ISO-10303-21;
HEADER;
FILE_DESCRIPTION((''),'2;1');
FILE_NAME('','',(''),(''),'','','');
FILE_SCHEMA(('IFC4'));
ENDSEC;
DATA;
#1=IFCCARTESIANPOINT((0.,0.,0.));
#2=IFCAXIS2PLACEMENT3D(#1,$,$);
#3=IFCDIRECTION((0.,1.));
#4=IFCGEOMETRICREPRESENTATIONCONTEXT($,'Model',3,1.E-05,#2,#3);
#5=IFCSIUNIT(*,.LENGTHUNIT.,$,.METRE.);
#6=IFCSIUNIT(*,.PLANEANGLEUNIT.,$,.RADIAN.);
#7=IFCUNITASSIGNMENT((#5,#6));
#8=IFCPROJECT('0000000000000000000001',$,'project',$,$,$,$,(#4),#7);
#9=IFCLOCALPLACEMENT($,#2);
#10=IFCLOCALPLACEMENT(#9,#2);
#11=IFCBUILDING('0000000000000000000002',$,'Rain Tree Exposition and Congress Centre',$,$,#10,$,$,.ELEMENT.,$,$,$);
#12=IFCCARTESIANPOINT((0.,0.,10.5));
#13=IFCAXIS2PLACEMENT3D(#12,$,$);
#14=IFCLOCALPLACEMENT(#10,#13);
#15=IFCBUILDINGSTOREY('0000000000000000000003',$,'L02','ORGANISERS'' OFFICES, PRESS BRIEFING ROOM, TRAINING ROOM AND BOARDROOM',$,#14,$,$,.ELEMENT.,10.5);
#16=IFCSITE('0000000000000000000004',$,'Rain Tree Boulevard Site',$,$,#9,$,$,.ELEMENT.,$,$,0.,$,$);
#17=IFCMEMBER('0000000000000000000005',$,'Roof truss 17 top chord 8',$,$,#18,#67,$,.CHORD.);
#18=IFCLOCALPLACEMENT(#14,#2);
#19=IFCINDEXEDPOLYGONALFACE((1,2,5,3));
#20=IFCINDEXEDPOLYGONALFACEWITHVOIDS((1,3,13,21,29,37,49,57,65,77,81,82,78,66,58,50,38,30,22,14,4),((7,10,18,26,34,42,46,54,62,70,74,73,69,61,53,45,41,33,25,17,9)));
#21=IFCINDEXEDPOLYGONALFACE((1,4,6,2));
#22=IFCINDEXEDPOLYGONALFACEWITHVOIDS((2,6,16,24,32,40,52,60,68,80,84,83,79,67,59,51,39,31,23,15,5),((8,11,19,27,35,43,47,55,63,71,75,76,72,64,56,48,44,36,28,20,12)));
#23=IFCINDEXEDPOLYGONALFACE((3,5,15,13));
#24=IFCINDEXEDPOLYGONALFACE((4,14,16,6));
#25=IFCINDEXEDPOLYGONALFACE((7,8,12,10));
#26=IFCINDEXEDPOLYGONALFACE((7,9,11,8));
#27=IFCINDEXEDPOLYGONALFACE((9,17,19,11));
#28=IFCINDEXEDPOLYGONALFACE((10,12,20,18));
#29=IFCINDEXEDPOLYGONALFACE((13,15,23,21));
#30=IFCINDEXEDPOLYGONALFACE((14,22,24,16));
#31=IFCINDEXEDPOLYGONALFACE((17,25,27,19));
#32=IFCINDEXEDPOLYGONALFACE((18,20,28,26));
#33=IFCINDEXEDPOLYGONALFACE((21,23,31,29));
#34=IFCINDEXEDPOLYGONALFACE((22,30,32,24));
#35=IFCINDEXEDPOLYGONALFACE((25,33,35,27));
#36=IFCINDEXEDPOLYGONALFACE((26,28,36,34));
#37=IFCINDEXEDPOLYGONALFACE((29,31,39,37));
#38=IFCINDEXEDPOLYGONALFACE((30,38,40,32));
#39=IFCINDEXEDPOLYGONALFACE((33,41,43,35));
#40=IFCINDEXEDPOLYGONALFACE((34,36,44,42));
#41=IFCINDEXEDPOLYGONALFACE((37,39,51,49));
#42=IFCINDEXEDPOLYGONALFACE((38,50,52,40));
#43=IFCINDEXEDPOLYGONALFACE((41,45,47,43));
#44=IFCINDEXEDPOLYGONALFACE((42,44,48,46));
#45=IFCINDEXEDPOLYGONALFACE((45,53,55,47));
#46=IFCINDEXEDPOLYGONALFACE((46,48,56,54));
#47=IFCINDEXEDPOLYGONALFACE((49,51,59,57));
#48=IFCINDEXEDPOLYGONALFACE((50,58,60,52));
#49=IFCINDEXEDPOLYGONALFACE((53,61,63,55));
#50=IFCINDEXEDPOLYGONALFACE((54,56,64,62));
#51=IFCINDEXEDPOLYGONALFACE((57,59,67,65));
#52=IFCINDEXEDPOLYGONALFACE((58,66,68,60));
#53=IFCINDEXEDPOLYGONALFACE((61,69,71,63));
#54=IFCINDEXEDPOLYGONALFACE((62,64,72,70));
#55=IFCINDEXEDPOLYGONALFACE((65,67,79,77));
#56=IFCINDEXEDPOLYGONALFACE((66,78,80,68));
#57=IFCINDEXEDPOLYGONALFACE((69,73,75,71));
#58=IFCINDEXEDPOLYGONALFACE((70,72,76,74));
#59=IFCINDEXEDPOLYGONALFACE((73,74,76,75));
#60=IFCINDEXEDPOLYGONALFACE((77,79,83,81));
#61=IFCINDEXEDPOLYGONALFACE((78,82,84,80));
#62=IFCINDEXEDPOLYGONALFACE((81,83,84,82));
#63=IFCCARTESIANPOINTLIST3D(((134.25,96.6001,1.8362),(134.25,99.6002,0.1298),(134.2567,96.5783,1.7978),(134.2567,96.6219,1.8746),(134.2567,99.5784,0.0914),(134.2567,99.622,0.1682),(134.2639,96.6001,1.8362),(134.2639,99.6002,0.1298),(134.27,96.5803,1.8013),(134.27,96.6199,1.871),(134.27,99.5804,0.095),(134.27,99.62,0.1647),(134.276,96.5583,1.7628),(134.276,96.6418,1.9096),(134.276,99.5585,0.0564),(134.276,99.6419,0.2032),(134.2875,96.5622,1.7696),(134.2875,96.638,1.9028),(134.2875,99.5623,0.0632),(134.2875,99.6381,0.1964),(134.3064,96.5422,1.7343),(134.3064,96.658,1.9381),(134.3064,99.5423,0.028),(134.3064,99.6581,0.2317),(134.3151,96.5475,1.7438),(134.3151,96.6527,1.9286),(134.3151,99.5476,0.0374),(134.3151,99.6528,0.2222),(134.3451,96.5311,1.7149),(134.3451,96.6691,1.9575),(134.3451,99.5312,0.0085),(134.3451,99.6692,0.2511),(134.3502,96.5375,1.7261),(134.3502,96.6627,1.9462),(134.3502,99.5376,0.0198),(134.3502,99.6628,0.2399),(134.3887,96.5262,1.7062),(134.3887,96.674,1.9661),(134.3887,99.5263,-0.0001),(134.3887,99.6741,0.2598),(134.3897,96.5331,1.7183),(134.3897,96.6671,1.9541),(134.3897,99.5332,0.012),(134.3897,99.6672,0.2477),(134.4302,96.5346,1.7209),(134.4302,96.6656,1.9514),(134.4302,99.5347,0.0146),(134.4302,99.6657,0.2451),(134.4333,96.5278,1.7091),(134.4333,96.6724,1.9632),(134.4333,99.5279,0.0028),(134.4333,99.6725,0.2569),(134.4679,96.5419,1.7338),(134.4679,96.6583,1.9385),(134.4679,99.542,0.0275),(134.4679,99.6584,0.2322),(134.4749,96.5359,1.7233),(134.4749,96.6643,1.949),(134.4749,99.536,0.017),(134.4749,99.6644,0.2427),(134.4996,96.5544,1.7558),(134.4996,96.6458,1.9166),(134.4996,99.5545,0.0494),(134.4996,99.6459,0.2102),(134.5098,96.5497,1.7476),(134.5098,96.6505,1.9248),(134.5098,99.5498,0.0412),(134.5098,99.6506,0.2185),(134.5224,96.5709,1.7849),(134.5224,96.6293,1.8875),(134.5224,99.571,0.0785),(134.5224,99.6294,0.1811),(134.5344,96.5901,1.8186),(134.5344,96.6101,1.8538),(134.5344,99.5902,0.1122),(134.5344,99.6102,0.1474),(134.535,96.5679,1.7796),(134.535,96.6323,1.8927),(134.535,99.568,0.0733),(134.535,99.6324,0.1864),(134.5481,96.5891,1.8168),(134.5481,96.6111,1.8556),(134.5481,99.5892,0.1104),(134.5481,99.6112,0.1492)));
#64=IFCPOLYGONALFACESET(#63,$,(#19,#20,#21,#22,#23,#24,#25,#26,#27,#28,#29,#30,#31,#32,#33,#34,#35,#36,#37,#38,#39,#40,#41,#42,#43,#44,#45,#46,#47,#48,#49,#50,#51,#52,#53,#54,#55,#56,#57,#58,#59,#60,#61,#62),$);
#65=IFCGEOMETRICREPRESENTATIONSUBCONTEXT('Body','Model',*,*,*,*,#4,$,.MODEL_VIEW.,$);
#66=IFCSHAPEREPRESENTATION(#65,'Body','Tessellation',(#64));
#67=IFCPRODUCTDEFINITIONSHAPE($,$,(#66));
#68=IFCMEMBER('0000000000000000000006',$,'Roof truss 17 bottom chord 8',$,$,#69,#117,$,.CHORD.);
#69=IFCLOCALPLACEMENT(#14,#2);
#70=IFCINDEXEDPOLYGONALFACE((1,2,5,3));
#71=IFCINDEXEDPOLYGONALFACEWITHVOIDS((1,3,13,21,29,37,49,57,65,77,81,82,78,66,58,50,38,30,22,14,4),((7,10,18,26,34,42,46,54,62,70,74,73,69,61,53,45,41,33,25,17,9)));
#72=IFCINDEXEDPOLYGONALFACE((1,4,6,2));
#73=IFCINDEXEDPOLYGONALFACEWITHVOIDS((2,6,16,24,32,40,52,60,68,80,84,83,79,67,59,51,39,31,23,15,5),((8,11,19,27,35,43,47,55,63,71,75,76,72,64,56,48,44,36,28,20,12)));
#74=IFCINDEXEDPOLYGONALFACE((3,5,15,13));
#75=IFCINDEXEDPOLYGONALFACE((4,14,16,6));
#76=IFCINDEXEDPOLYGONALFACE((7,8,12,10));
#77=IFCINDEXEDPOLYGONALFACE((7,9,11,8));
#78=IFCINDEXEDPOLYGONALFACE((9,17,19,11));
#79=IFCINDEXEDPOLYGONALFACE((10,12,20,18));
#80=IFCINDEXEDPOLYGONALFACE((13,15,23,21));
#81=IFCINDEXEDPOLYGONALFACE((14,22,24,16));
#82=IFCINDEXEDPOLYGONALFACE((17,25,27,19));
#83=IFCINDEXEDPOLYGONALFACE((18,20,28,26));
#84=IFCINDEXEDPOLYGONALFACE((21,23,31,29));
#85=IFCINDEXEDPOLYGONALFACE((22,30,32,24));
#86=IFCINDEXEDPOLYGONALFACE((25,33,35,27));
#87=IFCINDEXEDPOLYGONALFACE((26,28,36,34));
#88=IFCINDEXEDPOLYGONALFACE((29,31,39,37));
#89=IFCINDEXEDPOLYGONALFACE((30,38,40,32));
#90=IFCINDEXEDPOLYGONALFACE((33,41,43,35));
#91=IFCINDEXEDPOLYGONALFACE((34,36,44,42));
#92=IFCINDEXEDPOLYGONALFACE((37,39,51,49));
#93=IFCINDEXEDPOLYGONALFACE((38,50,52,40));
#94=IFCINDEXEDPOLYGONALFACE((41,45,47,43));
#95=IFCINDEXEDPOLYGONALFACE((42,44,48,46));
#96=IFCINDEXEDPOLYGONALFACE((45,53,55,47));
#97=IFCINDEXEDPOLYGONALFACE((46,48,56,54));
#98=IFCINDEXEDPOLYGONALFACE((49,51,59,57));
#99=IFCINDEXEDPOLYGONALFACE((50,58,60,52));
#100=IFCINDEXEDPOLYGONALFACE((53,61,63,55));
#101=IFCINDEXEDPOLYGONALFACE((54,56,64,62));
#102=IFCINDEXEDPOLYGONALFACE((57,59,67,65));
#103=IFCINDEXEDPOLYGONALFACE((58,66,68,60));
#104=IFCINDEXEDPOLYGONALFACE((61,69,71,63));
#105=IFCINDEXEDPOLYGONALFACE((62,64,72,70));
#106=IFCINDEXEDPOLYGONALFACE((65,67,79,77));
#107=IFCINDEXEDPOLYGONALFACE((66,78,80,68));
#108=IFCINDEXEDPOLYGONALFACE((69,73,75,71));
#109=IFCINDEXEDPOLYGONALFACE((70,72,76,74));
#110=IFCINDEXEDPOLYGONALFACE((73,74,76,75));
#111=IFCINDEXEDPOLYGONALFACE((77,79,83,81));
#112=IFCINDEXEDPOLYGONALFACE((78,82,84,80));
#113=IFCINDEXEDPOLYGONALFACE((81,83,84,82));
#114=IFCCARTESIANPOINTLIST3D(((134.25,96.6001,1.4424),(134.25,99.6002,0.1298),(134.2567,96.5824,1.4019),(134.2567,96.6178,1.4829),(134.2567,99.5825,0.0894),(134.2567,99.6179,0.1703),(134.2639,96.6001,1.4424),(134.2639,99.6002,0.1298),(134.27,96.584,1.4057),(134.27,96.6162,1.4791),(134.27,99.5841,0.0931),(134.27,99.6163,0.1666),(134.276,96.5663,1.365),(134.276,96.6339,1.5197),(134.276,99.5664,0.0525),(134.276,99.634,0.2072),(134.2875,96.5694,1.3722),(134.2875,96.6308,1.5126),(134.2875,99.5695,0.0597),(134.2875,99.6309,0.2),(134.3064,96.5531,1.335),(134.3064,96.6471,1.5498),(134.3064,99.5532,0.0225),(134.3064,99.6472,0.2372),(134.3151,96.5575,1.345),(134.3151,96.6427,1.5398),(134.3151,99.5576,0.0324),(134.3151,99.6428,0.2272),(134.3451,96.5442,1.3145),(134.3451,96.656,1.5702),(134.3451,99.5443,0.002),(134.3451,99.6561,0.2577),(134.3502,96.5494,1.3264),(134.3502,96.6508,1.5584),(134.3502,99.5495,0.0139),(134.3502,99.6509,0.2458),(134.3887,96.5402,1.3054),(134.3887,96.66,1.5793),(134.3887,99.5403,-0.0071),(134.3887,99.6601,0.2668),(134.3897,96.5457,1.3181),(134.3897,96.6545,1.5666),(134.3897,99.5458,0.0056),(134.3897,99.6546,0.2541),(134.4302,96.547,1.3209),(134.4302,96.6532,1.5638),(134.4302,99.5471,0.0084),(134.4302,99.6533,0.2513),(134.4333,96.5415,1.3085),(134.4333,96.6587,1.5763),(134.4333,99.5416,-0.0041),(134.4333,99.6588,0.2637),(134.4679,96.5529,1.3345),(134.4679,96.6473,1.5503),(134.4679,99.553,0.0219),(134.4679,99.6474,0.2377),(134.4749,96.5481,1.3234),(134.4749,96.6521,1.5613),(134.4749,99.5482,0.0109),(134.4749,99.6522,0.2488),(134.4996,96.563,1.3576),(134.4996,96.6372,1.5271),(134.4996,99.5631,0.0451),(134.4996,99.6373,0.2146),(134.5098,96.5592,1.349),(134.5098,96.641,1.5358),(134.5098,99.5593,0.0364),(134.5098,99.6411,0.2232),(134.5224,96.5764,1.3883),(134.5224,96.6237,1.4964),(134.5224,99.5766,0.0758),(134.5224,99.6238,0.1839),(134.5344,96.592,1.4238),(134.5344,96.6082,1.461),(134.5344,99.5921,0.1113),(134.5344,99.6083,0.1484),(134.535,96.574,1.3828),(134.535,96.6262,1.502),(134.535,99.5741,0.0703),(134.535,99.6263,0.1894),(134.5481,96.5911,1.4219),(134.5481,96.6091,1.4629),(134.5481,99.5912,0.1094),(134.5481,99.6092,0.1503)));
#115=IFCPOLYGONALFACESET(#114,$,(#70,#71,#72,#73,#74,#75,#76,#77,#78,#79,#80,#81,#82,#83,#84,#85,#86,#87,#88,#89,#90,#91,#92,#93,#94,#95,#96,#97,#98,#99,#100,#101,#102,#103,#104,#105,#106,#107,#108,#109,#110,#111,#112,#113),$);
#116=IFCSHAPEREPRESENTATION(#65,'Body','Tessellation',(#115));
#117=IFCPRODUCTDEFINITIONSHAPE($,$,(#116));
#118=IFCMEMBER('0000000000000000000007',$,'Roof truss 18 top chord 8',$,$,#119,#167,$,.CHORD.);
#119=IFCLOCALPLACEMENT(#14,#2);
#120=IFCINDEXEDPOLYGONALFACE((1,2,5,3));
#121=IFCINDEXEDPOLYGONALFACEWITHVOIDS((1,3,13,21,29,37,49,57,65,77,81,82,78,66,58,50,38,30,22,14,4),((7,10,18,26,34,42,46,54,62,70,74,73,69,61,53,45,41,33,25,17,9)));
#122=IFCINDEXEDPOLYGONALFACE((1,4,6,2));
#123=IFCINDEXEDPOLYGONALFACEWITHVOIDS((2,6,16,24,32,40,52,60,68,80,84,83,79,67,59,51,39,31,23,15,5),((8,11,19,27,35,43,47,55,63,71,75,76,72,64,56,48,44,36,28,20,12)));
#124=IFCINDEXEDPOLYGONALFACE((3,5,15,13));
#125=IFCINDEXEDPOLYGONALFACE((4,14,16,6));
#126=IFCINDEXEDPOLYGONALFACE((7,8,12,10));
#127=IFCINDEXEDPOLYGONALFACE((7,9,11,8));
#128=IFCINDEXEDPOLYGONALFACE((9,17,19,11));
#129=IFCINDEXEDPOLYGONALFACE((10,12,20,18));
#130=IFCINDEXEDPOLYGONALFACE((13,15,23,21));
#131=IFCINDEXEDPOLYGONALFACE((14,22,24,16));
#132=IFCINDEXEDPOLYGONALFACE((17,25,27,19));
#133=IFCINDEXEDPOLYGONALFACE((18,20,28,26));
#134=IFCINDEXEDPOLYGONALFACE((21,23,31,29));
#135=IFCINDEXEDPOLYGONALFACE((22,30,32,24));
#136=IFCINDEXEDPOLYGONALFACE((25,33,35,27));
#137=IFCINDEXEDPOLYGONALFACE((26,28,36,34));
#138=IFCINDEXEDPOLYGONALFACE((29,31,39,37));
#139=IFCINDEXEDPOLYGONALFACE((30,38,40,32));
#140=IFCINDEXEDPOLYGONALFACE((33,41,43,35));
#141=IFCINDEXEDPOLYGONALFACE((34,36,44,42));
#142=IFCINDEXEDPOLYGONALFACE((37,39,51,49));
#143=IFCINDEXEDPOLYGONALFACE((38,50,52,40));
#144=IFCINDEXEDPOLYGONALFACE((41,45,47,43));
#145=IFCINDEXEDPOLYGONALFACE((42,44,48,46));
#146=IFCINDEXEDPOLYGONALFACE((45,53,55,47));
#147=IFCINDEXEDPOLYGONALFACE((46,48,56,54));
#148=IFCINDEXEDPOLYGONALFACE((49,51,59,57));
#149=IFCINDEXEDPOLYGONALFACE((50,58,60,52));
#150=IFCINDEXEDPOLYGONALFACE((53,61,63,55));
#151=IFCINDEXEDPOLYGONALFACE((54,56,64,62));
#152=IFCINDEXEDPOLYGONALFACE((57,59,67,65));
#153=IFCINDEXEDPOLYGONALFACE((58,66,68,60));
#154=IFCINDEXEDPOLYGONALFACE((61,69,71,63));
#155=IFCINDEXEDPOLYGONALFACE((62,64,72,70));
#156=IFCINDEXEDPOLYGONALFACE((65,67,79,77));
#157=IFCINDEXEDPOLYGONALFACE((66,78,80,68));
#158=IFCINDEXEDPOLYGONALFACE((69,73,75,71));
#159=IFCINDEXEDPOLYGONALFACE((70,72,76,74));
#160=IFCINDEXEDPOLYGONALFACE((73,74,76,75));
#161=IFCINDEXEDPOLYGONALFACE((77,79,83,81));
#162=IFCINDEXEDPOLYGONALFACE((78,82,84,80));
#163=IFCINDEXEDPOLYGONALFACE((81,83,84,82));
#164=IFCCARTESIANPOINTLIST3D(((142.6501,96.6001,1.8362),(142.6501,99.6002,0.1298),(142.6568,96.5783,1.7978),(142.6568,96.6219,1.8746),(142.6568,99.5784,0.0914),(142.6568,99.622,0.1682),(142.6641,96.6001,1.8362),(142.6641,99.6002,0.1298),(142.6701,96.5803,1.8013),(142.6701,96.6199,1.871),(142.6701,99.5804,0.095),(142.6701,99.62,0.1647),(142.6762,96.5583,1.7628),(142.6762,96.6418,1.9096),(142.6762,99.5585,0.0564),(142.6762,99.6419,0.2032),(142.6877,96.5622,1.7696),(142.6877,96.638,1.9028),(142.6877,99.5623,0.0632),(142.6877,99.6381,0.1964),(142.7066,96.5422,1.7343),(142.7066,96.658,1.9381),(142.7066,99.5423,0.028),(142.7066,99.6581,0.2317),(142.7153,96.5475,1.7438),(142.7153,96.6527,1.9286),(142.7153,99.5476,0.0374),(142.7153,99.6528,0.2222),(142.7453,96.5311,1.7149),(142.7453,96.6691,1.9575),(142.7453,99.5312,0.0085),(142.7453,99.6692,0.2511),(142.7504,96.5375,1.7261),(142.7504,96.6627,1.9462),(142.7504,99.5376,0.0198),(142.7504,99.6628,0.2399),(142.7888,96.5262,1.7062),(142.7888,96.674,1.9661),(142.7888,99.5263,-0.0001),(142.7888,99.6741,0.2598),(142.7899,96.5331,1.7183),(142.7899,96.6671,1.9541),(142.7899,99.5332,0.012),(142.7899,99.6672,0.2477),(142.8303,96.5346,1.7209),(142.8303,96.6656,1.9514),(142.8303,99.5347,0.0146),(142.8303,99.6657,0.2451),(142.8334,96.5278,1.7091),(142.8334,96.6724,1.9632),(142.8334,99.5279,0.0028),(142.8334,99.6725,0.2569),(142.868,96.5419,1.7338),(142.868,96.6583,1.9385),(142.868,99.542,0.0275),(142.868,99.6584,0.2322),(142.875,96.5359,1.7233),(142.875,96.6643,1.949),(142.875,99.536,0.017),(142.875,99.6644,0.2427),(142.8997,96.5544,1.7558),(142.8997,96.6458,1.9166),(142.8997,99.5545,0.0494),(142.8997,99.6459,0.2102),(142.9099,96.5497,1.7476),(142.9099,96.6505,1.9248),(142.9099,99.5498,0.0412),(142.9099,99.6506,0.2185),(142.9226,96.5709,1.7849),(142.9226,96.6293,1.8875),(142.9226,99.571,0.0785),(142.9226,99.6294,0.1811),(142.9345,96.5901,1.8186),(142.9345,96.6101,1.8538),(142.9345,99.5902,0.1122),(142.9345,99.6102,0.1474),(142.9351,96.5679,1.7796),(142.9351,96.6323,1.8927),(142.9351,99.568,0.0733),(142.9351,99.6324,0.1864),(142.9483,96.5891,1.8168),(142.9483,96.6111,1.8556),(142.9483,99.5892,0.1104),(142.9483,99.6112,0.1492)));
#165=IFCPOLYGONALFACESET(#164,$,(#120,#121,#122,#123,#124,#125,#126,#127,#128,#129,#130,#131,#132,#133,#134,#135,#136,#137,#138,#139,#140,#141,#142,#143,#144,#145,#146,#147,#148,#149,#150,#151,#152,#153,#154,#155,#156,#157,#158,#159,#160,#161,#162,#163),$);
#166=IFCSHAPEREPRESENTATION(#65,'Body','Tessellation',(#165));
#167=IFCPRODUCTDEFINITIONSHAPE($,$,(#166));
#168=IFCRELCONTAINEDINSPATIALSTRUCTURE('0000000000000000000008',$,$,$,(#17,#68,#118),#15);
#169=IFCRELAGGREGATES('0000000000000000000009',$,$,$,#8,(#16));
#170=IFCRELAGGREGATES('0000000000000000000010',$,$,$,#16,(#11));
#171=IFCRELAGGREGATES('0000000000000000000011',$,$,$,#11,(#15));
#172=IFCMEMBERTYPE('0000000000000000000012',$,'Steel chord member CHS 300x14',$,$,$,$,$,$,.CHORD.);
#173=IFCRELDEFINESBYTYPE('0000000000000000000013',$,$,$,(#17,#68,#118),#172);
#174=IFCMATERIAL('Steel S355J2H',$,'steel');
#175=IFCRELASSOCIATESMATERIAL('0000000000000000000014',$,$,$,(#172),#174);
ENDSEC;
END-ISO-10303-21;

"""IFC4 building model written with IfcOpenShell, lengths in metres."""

from ifc_helpers import new_model, si_unit, direction, frame, origin, origin_2d, place, context, subcontext, project, spatial, hollow_circle, extrude, material, material_profile, profile_set, type_object, element, save


model = new_model("IFC4")

# Units and contexts
model_context = context("Model", 3, precision=1e-05, world=origin(), true_north=direction((0.0, 1.0)))
body_context = subcontext(model_context, "Body", "Model", "MODEL_VIEW")
ifc_project = project(units=[si_unit("LENGTHUNIT", "METRE"), si_unit("PLANEANGLEUNIT", "RADIAN")], contexts=[model_context])

# Site, building, storey
site_placement = place(None, origin())
site = spatial("IfcSite", under=ifc_project, at=site_placement, Name="Rain Tree Boulevard Site", CompositionType="ELEMENT", RefElevation=0.0)
building_placement = place(site_placement, origin())
building = spatial("IfcBuilding", under=site, at=building_placement, Name="Rain Tree Exposition and Congress Centre", CompositionType="ELEMENT")
storey_placement = place(building_placement, frame((0.0, 0.0, 10.5)))
storey = spatial("IfcBuildingStorey", under=building, at=storey_placement, Name="L02", Description="ORGANISERS' OFFICES, PRESS BRIEFING ROOM, TRAINING ROOM AND BOARDROOM", CompositionType="ELEMENT", Elevation=10.5)

# Members
ifc_material_1 = material(Name="Steel S355J2H", Category="steel")
ifc_material_profile_1 = material_profile(ifc_material_1, hollow_circle(Radius=0.1499, WallThickness=0.0139, at=origin_2d()), Name="CHS 300x14")
ifc_profile_set_1 = profile_set([ifc_material_profile_1], Name="Steel S355J2H")
member_type_1 = type_object("IfcMemberType", Name="Steel chord member CHS 300x14", PredefinedType="CHORD", material=ifc_profile_set_1)
member_1_placement = place(storey_placement, frame((134.3999, 96.6001, 1.8362), z_axis=(0.0, 0.869238, -0.494393), x_axis=(-1.0, 0.0, 0.0)))
element("IfcMember", 1, at=member_1_placement, inside=storey, type_object=member_type_1, Name="Roof truss 17 top chord 8", PredefinedType="CHORD", context=body_context, shape_type="SweptSolid", body=[
    extrude(hollow_circle(Radius=0.1499, WallThickness=0.0139, at=origin_2d()), origin(), (0.0, 0.0, 1.0), 3.4514),
])
member_2_placement = place(storey_placement, frame((134.3999, 96.6001, 1.4424), z_axis=(0.0, 0.916157, -0.400819), x_axis=(-1.0, 0.0, 0.0)))
element("IfcMember", 2, at=member_2_placement, inside=storey, type_object=member_type_1, Name="Roof truss 17 bottom chord 8", PredefinedType="CHORD", context=body_context, shape_type="SweptSolid", body=[
    extrude(hollow_circle(Radius=0.1499, WallThickness=0.0139, at=origin_2d()), origin(), (0.0, 0.0, 1.0), 3.2747),
])
member_3_placement = place(storey_placement, frame((142.8, 96.6001, 1.8362), z_axis=(0.0, 0.869238, -0.494393), x_axis=(-1.0, 0.0, 0.0)))
element("IfcMember", 3, at=member_3_placement, inside=storey, type_object=member_type_1, Name="Roof truss 18 top chord 8", PredefinedType="CHORD", context=body_context, shape_type="SweptSolid", body=[
    extrude(hollow_circle(Radius=0.1499, WallThickness=0.0139, at=origin_2d()), origin(), (0.0, 0.0, 1.0), 3.4514),
])

save(model, "model.ifc")
